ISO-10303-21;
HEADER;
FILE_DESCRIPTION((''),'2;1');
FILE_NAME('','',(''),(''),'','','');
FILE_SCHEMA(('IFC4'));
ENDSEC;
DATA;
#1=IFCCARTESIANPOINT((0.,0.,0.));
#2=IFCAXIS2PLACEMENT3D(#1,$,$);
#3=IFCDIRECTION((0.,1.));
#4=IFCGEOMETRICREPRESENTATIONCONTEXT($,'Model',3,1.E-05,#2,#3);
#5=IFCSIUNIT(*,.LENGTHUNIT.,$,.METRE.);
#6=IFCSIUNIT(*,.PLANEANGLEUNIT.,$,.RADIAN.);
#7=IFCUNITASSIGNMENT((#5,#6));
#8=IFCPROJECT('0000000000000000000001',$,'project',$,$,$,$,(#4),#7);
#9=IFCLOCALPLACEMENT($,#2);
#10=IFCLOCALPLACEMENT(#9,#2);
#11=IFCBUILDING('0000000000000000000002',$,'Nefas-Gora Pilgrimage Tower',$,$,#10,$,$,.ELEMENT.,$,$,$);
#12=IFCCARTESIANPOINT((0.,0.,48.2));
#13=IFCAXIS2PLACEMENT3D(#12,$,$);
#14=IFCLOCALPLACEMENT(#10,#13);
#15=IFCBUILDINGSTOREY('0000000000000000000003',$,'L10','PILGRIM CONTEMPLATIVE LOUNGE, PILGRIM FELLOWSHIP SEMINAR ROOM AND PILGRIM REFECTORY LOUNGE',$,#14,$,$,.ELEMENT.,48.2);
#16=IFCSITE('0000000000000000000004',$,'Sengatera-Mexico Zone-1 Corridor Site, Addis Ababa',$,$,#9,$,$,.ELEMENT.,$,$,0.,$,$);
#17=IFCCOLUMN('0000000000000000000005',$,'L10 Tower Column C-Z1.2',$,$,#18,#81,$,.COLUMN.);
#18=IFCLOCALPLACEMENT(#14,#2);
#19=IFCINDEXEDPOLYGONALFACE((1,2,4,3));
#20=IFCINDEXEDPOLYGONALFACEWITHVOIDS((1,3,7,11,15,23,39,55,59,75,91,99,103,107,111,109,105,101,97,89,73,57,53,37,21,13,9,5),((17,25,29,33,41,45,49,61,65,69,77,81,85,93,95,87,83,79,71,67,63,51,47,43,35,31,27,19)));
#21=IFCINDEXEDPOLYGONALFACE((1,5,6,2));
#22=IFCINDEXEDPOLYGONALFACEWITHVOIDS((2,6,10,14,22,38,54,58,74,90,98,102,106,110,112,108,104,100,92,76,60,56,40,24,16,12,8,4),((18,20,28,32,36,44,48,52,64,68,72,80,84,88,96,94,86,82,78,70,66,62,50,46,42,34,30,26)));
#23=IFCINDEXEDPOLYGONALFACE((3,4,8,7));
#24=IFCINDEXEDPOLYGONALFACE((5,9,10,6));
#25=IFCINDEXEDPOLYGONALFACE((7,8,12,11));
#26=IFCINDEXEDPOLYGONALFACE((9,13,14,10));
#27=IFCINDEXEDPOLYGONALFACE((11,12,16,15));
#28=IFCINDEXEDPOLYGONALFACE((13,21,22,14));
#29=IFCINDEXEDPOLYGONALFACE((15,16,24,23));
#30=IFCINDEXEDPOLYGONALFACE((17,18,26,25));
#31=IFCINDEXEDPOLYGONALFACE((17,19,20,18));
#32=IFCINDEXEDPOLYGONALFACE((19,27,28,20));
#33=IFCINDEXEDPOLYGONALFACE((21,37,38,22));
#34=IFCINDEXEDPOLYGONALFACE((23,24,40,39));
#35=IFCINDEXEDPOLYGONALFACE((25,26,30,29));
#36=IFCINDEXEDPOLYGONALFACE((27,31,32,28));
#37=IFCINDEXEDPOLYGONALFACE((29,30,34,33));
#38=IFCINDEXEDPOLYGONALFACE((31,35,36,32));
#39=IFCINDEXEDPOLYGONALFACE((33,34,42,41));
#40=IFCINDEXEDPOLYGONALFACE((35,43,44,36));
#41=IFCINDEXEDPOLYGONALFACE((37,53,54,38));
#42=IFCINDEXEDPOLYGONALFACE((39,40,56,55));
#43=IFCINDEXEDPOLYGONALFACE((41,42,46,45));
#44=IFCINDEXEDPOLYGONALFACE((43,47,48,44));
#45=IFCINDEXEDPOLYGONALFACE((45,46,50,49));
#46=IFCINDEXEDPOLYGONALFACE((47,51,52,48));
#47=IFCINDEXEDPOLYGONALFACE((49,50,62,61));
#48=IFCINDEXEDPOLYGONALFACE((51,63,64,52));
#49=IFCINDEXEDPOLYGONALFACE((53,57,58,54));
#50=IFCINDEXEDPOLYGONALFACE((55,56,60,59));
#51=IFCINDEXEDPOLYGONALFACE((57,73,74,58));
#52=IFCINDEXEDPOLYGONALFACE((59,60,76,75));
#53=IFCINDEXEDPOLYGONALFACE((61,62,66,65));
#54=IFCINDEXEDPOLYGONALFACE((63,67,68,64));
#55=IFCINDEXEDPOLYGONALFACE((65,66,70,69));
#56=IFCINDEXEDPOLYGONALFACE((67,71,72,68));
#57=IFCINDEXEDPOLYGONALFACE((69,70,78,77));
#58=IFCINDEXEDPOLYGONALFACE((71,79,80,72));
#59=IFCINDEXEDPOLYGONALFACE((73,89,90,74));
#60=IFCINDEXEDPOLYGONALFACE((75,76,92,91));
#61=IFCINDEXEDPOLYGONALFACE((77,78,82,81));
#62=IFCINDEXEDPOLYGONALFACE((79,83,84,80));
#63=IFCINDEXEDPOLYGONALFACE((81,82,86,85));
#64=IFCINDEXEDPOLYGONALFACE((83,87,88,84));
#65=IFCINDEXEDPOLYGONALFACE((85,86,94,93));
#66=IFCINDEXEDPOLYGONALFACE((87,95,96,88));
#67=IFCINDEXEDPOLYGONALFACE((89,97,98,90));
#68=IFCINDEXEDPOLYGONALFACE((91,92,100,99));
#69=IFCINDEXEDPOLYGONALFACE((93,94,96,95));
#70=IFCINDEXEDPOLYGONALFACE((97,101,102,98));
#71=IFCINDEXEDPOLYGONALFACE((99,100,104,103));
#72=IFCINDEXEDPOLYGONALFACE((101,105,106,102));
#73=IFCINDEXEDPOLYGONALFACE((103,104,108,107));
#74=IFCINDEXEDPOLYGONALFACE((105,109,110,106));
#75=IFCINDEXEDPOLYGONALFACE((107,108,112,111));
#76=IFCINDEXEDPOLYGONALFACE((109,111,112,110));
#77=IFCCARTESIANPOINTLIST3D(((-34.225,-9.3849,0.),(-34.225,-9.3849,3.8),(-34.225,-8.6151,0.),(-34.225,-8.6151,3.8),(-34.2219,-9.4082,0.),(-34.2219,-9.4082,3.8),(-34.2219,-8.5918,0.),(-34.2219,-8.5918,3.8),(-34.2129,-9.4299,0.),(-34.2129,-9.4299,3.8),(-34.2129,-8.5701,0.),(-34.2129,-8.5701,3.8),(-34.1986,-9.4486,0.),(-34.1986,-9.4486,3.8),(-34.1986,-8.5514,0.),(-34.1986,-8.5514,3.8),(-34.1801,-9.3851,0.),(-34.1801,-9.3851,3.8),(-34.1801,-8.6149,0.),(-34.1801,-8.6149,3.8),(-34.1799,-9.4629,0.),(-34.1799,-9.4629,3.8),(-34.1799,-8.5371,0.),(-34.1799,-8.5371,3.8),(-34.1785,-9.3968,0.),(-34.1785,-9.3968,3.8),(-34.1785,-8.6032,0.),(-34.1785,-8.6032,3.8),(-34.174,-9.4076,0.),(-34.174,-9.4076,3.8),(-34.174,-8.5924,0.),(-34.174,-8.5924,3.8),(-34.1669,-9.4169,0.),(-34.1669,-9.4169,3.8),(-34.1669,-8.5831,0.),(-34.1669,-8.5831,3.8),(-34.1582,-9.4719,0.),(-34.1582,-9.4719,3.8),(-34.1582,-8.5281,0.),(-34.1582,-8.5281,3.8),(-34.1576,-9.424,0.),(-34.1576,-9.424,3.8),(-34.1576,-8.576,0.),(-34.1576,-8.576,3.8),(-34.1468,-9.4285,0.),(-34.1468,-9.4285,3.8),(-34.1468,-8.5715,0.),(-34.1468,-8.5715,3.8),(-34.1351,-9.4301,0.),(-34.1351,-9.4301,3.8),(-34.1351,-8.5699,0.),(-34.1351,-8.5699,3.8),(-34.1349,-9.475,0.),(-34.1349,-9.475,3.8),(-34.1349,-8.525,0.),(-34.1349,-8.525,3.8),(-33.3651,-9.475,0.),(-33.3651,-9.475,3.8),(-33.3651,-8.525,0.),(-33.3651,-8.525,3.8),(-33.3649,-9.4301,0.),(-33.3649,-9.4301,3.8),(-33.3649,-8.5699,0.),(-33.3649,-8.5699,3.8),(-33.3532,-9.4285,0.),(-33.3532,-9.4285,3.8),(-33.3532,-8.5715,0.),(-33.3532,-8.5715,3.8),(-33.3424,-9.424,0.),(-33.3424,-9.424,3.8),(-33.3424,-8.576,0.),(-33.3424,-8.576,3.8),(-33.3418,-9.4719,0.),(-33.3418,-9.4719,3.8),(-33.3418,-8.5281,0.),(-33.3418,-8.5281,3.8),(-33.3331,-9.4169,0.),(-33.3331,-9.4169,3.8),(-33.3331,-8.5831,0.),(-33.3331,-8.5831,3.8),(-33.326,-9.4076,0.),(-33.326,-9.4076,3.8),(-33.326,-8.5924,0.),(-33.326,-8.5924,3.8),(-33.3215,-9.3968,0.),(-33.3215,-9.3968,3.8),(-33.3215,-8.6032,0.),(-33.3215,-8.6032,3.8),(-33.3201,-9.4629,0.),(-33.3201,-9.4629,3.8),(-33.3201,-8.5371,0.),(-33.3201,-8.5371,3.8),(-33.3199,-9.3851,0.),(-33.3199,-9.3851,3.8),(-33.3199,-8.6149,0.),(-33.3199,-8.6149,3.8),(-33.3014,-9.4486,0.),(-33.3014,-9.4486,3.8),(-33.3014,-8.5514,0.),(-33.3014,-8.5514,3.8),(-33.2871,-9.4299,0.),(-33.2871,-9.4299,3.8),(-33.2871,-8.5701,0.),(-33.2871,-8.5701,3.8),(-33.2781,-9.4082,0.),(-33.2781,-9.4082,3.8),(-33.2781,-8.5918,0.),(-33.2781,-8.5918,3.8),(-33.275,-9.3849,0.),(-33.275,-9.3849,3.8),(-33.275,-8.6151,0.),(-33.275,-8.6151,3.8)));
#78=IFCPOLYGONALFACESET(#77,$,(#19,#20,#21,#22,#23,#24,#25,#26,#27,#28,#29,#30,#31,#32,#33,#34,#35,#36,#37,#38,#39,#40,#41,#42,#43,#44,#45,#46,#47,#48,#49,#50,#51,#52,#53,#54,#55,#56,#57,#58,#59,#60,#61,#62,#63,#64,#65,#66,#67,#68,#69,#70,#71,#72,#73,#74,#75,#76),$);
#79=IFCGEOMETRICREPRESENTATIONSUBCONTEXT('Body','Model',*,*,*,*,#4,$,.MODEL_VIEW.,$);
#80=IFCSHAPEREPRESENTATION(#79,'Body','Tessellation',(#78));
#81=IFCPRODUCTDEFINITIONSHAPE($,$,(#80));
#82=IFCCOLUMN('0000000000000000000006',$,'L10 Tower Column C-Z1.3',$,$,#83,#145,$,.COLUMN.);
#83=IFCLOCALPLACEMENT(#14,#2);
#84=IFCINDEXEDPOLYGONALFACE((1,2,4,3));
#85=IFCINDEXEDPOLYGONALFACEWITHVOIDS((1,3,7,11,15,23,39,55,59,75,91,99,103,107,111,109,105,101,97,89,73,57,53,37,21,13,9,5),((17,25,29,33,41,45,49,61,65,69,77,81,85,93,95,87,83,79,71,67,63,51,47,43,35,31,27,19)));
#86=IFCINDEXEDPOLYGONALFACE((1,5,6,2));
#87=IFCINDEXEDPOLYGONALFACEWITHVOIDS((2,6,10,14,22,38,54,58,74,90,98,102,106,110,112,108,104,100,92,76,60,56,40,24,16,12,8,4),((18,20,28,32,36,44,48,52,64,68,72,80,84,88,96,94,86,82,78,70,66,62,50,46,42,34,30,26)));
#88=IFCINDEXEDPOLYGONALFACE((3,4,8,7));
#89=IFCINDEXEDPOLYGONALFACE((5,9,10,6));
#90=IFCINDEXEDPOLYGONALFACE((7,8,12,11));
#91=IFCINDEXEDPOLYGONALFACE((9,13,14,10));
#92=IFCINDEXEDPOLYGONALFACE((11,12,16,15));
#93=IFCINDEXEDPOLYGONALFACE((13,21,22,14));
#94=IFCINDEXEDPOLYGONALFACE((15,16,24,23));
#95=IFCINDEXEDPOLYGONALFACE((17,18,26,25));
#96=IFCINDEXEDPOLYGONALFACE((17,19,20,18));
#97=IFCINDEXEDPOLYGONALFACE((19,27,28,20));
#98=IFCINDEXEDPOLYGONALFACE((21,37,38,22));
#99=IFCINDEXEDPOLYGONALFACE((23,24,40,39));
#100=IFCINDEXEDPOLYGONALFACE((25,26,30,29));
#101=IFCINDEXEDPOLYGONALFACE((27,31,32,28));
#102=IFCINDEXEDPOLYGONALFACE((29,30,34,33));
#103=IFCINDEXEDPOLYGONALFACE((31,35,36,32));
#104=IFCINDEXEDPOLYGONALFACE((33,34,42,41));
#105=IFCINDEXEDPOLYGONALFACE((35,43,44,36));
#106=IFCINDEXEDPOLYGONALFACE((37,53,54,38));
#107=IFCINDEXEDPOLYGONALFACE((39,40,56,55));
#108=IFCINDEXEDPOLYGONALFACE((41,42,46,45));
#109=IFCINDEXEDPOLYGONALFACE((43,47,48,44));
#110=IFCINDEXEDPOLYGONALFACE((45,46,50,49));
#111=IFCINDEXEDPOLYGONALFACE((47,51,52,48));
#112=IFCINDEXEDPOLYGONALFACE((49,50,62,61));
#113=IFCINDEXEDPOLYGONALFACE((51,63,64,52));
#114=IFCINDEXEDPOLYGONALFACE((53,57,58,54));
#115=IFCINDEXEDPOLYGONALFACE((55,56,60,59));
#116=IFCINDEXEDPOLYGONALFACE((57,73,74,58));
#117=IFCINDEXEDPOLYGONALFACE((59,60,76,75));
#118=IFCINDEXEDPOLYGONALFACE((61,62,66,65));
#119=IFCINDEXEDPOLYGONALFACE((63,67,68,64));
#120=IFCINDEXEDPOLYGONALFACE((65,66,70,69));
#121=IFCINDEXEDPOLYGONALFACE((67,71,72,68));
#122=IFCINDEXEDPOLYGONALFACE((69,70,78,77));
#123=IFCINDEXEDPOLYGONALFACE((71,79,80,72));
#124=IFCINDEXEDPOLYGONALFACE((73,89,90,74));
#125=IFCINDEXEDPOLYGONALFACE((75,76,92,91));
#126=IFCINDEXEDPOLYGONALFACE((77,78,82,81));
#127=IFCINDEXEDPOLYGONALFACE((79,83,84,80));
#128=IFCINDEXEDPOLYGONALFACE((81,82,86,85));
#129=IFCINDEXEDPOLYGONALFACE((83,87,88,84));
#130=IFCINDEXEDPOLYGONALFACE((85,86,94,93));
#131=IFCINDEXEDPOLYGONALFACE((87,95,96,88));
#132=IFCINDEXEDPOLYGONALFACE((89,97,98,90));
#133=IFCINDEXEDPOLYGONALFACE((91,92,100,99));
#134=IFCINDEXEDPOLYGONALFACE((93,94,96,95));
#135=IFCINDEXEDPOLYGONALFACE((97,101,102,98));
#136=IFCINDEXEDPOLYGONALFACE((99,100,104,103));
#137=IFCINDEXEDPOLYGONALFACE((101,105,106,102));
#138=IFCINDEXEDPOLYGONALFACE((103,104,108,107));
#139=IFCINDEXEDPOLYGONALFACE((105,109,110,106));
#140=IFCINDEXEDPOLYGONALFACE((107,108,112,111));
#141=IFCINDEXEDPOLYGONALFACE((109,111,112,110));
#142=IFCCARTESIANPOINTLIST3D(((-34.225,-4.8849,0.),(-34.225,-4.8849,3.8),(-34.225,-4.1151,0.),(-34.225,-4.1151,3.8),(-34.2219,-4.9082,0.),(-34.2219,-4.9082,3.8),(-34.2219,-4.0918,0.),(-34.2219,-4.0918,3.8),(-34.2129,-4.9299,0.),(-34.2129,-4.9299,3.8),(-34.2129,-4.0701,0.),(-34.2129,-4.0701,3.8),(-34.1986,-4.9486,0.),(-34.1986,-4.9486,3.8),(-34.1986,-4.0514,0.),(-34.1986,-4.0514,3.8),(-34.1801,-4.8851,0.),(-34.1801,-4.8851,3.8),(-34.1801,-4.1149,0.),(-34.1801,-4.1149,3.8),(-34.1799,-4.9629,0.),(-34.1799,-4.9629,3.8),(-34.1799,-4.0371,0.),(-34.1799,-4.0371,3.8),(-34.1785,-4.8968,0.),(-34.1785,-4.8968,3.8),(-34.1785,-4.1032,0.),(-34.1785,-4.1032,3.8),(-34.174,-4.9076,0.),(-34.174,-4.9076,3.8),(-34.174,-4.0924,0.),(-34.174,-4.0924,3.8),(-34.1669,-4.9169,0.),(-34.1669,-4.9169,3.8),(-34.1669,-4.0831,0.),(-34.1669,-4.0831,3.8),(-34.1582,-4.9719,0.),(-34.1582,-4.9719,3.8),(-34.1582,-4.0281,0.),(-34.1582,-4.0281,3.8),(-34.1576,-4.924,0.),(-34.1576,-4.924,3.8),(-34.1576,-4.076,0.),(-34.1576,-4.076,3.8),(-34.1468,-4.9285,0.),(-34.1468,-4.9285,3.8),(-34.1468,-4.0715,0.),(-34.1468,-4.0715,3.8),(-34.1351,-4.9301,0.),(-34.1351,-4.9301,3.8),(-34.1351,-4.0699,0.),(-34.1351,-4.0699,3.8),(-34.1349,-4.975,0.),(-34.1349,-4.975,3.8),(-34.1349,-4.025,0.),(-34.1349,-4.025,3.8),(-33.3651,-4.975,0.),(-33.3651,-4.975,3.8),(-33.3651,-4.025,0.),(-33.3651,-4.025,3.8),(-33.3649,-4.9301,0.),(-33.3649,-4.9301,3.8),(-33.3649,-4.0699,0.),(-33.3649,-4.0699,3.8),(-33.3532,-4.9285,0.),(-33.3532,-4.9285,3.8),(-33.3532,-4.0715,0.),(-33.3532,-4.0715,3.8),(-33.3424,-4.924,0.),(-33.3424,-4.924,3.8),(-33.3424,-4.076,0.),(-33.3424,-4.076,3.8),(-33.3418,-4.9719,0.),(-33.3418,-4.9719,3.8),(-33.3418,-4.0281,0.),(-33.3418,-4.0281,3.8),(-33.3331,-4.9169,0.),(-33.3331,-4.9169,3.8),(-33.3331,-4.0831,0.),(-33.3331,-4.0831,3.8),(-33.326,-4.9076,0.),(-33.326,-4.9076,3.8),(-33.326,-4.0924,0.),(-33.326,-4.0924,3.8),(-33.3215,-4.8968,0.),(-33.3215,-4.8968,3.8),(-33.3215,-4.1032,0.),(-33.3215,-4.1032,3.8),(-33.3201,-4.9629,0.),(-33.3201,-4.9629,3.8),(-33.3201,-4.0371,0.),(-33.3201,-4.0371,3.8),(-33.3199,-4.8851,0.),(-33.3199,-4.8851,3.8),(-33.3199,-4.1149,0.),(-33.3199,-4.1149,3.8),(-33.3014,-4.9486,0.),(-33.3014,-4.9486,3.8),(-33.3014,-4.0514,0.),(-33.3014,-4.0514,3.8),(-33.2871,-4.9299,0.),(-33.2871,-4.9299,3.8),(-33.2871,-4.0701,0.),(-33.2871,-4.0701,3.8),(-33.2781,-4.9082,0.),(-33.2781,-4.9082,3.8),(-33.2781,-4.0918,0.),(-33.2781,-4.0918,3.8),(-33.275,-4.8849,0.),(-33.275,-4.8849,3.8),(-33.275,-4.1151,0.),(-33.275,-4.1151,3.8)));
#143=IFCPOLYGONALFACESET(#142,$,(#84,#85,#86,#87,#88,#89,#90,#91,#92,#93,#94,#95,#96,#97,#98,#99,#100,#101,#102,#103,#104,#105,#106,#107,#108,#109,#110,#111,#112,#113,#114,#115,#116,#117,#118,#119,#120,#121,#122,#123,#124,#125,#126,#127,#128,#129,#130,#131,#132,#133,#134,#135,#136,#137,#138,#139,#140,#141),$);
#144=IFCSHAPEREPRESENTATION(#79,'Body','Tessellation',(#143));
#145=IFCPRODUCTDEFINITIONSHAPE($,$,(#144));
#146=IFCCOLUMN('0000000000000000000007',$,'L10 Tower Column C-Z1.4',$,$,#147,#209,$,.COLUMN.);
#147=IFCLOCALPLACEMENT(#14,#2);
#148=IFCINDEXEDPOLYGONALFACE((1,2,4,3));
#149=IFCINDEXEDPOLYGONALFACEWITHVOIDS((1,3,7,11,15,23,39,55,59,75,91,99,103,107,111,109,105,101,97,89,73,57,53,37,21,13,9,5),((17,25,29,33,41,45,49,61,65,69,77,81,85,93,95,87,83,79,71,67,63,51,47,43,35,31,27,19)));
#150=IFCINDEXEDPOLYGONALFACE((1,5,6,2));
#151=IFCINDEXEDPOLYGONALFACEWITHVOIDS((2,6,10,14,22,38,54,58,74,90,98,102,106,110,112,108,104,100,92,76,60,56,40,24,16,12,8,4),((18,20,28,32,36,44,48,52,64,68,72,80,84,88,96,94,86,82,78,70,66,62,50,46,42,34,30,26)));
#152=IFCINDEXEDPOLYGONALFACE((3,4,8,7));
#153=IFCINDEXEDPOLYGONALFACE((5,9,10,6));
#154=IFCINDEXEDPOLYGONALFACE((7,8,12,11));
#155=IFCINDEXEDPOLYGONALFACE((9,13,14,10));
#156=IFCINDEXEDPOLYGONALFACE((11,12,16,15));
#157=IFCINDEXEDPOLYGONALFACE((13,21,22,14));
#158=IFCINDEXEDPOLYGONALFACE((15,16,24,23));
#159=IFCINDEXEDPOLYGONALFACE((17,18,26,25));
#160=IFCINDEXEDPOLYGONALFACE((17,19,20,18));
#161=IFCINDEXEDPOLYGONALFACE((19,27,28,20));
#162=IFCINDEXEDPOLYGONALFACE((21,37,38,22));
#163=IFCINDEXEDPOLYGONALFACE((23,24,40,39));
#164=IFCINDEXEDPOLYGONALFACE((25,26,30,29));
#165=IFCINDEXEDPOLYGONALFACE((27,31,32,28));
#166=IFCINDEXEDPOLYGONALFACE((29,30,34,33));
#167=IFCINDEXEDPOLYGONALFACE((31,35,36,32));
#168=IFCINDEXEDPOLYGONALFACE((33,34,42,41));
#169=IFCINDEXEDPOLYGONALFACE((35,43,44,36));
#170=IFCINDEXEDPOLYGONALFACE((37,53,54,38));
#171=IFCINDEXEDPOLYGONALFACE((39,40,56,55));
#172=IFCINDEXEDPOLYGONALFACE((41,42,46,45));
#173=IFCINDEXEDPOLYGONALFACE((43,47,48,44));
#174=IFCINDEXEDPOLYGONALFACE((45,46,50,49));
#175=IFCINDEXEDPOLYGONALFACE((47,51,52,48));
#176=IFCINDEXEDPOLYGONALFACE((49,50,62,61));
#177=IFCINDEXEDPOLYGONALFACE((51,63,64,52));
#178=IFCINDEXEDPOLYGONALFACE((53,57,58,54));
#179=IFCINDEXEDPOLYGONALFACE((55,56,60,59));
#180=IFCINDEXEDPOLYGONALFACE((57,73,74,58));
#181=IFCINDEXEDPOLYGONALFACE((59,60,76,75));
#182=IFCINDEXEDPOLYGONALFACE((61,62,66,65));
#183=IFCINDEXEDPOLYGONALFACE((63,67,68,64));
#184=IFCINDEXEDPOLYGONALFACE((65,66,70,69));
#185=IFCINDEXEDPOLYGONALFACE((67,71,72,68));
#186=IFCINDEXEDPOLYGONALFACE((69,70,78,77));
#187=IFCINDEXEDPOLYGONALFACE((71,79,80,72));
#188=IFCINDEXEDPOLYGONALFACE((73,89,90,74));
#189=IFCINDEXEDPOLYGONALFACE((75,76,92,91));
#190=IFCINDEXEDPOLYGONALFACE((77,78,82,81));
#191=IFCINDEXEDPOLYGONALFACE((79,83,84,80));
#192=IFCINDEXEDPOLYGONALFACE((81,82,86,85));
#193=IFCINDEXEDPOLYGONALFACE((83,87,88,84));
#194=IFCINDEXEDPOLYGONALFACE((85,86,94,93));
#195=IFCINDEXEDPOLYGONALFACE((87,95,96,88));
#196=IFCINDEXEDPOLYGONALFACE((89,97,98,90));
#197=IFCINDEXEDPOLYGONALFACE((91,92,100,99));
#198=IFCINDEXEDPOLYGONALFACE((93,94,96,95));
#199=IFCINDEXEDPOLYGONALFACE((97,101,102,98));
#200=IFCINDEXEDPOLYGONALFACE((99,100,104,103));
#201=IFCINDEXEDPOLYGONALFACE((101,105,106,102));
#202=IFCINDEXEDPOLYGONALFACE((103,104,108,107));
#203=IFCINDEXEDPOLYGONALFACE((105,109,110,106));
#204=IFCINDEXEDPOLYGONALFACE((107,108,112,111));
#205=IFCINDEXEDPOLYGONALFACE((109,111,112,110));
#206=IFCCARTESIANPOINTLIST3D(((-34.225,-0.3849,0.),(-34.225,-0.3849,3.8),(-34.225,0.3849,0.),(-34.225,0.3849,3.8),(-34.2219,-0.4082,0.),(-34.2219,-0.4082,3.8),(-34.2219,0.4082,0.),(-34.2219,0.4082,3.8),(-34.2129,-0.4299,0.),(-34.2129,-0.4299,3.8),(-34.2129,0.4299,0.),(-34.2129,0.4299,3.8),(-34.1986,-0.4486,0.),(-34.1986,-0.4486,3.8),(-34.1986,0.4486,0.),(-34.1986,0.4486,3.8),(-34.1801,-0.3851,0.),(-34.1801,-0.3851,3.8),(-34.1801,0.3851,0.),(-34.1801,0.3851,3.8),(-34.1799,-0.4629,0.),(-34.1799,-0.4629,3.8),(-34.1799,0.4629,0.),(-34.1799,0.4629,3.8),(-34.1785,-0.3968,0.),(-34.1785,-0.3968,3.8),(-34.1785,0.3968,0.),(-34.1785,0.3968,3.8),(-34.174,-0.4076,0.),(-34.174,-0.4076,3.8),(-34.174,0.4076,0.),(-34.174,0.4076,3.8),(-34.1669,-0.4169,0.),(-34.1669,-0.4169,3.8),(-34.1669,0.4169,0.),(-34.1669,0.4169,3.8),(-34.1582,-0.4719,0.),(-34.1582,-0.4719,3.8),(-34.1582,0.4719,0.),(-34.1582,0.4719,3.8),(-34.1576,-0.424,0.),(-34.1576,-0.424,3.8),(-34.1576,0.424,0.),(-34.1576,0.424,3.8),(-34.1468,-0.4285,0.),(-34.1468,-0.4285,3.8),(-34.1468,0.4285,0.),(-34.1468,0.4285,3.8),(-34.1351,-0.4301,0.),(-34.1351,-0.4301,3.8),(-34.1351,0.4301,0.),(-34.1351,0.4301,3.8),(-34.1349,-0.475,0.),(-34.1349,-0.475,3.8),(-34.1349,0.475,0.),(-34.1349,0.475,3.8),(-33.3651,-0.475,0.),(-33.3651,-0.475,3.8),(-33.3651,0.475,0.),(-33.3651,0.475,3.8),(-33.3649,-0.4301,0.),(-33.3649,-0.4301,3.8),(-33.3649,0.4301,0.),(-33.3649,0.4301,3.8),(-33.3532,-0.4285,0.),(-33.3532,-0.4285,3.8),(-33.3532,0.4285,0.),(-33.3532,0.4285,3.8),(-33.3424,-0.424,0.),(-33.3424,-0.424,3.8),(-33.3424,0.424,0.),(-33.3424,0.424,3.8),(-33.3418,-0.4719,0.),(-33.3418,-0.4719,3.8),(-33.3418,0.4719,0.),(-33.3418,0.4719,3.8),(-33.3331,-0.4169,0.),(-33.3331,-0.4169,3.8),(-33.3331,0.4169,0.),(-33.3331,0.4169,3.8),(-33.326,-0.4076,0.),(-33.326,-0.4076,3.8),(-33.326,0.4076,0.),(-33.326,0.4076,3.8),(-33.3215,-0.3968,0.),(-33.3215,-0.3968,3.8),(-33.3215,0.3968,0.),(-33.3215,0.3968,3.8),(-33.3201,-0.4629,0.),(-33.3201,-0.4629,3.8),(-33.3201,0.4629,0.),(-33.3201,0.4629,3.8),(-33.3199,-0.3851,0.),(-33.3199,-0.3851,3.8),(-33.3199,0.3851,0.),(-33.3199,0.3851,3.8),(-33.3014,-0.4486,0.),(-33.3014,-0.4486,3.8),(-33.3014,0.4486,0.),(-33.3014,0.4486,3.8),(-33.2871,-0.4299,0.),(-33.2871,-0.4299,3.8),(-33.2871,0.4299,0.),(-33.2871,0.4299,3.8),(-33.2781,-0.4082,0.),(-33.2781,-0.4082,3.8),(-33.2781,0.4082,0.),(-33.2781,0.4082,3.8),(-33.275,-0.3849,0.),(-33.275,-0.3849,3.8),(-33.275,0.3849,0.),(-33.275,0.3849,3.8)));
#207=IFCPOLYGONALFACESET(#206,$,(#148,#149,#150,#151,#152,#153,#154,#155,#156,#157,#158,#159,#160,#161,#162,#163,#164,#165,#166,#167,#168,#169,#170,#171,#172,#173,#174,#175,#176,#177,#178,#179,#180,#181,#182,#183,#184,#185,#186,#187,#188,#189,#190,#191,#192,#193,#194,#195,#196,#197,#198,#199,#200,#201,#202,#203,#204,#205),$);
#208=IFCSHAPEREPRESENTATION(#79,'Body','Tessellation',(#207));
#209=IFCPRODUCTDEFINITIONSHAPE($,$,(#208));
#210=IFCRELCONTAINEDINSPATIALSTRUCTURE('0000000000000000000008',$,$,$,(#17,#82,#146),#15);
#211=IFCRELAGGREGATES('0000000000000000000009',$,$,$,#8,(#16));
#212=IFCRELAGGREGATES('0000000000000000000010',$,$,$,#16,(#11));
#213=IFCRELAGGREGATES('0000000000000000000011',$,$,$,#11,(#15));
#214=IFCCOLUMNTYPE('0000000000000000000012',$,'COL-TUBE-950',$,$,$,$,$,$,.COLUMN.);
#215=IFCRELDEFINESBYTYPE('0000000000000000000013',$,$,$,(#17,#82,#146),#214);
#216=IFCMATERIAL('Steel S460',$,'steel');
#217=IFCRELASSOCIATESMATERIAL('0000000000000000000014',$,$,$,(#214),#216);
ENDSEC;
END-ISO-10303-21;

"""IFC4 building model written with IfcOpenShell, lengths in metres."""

from ifc_helpers import new_model, si_unit, direction, frame, origin, origin_2d, place, context, subcontext, project, spatial, hollow_rectangle, extrude, source, transform, mapped, material, material_profile, profile_set, type_object, element, save


model = new_model("IFC4")

# Units and contexts
model_context = context("Model", 3, precision=1e-05, world=origin(), true_north=direction((0.0, 1.0)))
body_context = subcontext(model_context, "Body", "Model", "MODEL_VIEW")
ifc_project = project(units=[si_unit("LENGTHUNIT", "METRE"), si_unit("PLANEANGLEUNIT", "RADIAN")], contexts=[model_context])

# Site, building, storey
site_placement = place(None, origin())
site = spatial("IfcSite", under=ifc_project, at=site_placement, Name="Sengatera-Mexico Zone-1 Corridor Site, Addis Ababa", CompositionType="ELEMENT", RefElevation=0.0)
building_placement = place(site_placement, origin())
building = spatial("IfcBuilding", under=site, at=building_placement, Name="Nefas-Gora Pilgrimage Tower", CompositionType="ELEMENT")
storey_placement = place(building_placement, frame((0.0, 0.0, 48.2)))
storey = spatial("IfcBuildingStorey", under=building, at=storey_placement, Name="L10", Description="PILGRIM CONTEMPLATIVE LOUNGE, PILGRIM FELLOWSHIP SEMINAR ROOM AND PILGRIM REFECTORY LOUNGE", CompositionType="ELEMENT", Elevation=48.2)

# Columns
ifc_material_1 = material(Name="Steel S460", Category="steel")
ifc_material_profile_1 = material_profile(ifc_material_1, hollow_rectangle(XDim=0.95, YDim=0.95, WallThickness=0.0449, InnerFilletRadius=0.0449, OuterFilletRadius=0.0901, at=origin_2d()), Name="BOX 950x950x45")
ifc_profile_set_1 = profile_set([ifc_material_profile_1], Name="Steel S460")
column_type_1 = type_object("IfcColumnType", Name="COL-TUBE-950", PredefinedType="COLUMN", material=ifc_profile_set_1)
shared_shape_1 = source(origin(), body_context, "Body", "SweptSolid", [
    extrude(hollow_rectangle(XDim=0.95, YDim=0.95, WallThickness=0.0449, InnerFilletRadius=0.0449, OuterFilletRadius=0.0901, at=origin_2d()), origin(), (0.0, 0.0, 1.0), 3.8),
])
for number, where, z_axis, x_axis, name in (
    (1, (-33.75, -9.0, 0.0), (0.0, 0.0, 1.0), (1.0, 0.0, 0.0), "L10 Tower Column C-Z1.2"),
    (2, (-33.75, -4.5, 0.0), (0.0, 0.0, 1.0), (1.0, 0.0, 0.0), "L10 Tower Column C-Z1.3"),
    (3, (-33.75, 0.0, 0.0), (0.0, 0.0, 1.0), (1.0, 0.0, 0.0), "L10 Tower Column C-Z1.4"),
):
    element("IfcColumn", number, at=place(storey_placement, frame(where, z_axis=z_axis, x_axis=x_axis)), inside=storey, type_object=column_type_1, Name=name, PredefinedType="COLUMN", context=body_context, shape_type="MappedRepresentation", body=[
        mapped(shared_shape_1, transform((0.0, 0.0, 0.0), x_axis=(1.0, 0.0, 0.0), y_axis=(0.0, 1.0, 0.0), z_axis=(0.0, 0.0, 1.0), scale=1.0)),
    ])

save(model, "model.ifc")
